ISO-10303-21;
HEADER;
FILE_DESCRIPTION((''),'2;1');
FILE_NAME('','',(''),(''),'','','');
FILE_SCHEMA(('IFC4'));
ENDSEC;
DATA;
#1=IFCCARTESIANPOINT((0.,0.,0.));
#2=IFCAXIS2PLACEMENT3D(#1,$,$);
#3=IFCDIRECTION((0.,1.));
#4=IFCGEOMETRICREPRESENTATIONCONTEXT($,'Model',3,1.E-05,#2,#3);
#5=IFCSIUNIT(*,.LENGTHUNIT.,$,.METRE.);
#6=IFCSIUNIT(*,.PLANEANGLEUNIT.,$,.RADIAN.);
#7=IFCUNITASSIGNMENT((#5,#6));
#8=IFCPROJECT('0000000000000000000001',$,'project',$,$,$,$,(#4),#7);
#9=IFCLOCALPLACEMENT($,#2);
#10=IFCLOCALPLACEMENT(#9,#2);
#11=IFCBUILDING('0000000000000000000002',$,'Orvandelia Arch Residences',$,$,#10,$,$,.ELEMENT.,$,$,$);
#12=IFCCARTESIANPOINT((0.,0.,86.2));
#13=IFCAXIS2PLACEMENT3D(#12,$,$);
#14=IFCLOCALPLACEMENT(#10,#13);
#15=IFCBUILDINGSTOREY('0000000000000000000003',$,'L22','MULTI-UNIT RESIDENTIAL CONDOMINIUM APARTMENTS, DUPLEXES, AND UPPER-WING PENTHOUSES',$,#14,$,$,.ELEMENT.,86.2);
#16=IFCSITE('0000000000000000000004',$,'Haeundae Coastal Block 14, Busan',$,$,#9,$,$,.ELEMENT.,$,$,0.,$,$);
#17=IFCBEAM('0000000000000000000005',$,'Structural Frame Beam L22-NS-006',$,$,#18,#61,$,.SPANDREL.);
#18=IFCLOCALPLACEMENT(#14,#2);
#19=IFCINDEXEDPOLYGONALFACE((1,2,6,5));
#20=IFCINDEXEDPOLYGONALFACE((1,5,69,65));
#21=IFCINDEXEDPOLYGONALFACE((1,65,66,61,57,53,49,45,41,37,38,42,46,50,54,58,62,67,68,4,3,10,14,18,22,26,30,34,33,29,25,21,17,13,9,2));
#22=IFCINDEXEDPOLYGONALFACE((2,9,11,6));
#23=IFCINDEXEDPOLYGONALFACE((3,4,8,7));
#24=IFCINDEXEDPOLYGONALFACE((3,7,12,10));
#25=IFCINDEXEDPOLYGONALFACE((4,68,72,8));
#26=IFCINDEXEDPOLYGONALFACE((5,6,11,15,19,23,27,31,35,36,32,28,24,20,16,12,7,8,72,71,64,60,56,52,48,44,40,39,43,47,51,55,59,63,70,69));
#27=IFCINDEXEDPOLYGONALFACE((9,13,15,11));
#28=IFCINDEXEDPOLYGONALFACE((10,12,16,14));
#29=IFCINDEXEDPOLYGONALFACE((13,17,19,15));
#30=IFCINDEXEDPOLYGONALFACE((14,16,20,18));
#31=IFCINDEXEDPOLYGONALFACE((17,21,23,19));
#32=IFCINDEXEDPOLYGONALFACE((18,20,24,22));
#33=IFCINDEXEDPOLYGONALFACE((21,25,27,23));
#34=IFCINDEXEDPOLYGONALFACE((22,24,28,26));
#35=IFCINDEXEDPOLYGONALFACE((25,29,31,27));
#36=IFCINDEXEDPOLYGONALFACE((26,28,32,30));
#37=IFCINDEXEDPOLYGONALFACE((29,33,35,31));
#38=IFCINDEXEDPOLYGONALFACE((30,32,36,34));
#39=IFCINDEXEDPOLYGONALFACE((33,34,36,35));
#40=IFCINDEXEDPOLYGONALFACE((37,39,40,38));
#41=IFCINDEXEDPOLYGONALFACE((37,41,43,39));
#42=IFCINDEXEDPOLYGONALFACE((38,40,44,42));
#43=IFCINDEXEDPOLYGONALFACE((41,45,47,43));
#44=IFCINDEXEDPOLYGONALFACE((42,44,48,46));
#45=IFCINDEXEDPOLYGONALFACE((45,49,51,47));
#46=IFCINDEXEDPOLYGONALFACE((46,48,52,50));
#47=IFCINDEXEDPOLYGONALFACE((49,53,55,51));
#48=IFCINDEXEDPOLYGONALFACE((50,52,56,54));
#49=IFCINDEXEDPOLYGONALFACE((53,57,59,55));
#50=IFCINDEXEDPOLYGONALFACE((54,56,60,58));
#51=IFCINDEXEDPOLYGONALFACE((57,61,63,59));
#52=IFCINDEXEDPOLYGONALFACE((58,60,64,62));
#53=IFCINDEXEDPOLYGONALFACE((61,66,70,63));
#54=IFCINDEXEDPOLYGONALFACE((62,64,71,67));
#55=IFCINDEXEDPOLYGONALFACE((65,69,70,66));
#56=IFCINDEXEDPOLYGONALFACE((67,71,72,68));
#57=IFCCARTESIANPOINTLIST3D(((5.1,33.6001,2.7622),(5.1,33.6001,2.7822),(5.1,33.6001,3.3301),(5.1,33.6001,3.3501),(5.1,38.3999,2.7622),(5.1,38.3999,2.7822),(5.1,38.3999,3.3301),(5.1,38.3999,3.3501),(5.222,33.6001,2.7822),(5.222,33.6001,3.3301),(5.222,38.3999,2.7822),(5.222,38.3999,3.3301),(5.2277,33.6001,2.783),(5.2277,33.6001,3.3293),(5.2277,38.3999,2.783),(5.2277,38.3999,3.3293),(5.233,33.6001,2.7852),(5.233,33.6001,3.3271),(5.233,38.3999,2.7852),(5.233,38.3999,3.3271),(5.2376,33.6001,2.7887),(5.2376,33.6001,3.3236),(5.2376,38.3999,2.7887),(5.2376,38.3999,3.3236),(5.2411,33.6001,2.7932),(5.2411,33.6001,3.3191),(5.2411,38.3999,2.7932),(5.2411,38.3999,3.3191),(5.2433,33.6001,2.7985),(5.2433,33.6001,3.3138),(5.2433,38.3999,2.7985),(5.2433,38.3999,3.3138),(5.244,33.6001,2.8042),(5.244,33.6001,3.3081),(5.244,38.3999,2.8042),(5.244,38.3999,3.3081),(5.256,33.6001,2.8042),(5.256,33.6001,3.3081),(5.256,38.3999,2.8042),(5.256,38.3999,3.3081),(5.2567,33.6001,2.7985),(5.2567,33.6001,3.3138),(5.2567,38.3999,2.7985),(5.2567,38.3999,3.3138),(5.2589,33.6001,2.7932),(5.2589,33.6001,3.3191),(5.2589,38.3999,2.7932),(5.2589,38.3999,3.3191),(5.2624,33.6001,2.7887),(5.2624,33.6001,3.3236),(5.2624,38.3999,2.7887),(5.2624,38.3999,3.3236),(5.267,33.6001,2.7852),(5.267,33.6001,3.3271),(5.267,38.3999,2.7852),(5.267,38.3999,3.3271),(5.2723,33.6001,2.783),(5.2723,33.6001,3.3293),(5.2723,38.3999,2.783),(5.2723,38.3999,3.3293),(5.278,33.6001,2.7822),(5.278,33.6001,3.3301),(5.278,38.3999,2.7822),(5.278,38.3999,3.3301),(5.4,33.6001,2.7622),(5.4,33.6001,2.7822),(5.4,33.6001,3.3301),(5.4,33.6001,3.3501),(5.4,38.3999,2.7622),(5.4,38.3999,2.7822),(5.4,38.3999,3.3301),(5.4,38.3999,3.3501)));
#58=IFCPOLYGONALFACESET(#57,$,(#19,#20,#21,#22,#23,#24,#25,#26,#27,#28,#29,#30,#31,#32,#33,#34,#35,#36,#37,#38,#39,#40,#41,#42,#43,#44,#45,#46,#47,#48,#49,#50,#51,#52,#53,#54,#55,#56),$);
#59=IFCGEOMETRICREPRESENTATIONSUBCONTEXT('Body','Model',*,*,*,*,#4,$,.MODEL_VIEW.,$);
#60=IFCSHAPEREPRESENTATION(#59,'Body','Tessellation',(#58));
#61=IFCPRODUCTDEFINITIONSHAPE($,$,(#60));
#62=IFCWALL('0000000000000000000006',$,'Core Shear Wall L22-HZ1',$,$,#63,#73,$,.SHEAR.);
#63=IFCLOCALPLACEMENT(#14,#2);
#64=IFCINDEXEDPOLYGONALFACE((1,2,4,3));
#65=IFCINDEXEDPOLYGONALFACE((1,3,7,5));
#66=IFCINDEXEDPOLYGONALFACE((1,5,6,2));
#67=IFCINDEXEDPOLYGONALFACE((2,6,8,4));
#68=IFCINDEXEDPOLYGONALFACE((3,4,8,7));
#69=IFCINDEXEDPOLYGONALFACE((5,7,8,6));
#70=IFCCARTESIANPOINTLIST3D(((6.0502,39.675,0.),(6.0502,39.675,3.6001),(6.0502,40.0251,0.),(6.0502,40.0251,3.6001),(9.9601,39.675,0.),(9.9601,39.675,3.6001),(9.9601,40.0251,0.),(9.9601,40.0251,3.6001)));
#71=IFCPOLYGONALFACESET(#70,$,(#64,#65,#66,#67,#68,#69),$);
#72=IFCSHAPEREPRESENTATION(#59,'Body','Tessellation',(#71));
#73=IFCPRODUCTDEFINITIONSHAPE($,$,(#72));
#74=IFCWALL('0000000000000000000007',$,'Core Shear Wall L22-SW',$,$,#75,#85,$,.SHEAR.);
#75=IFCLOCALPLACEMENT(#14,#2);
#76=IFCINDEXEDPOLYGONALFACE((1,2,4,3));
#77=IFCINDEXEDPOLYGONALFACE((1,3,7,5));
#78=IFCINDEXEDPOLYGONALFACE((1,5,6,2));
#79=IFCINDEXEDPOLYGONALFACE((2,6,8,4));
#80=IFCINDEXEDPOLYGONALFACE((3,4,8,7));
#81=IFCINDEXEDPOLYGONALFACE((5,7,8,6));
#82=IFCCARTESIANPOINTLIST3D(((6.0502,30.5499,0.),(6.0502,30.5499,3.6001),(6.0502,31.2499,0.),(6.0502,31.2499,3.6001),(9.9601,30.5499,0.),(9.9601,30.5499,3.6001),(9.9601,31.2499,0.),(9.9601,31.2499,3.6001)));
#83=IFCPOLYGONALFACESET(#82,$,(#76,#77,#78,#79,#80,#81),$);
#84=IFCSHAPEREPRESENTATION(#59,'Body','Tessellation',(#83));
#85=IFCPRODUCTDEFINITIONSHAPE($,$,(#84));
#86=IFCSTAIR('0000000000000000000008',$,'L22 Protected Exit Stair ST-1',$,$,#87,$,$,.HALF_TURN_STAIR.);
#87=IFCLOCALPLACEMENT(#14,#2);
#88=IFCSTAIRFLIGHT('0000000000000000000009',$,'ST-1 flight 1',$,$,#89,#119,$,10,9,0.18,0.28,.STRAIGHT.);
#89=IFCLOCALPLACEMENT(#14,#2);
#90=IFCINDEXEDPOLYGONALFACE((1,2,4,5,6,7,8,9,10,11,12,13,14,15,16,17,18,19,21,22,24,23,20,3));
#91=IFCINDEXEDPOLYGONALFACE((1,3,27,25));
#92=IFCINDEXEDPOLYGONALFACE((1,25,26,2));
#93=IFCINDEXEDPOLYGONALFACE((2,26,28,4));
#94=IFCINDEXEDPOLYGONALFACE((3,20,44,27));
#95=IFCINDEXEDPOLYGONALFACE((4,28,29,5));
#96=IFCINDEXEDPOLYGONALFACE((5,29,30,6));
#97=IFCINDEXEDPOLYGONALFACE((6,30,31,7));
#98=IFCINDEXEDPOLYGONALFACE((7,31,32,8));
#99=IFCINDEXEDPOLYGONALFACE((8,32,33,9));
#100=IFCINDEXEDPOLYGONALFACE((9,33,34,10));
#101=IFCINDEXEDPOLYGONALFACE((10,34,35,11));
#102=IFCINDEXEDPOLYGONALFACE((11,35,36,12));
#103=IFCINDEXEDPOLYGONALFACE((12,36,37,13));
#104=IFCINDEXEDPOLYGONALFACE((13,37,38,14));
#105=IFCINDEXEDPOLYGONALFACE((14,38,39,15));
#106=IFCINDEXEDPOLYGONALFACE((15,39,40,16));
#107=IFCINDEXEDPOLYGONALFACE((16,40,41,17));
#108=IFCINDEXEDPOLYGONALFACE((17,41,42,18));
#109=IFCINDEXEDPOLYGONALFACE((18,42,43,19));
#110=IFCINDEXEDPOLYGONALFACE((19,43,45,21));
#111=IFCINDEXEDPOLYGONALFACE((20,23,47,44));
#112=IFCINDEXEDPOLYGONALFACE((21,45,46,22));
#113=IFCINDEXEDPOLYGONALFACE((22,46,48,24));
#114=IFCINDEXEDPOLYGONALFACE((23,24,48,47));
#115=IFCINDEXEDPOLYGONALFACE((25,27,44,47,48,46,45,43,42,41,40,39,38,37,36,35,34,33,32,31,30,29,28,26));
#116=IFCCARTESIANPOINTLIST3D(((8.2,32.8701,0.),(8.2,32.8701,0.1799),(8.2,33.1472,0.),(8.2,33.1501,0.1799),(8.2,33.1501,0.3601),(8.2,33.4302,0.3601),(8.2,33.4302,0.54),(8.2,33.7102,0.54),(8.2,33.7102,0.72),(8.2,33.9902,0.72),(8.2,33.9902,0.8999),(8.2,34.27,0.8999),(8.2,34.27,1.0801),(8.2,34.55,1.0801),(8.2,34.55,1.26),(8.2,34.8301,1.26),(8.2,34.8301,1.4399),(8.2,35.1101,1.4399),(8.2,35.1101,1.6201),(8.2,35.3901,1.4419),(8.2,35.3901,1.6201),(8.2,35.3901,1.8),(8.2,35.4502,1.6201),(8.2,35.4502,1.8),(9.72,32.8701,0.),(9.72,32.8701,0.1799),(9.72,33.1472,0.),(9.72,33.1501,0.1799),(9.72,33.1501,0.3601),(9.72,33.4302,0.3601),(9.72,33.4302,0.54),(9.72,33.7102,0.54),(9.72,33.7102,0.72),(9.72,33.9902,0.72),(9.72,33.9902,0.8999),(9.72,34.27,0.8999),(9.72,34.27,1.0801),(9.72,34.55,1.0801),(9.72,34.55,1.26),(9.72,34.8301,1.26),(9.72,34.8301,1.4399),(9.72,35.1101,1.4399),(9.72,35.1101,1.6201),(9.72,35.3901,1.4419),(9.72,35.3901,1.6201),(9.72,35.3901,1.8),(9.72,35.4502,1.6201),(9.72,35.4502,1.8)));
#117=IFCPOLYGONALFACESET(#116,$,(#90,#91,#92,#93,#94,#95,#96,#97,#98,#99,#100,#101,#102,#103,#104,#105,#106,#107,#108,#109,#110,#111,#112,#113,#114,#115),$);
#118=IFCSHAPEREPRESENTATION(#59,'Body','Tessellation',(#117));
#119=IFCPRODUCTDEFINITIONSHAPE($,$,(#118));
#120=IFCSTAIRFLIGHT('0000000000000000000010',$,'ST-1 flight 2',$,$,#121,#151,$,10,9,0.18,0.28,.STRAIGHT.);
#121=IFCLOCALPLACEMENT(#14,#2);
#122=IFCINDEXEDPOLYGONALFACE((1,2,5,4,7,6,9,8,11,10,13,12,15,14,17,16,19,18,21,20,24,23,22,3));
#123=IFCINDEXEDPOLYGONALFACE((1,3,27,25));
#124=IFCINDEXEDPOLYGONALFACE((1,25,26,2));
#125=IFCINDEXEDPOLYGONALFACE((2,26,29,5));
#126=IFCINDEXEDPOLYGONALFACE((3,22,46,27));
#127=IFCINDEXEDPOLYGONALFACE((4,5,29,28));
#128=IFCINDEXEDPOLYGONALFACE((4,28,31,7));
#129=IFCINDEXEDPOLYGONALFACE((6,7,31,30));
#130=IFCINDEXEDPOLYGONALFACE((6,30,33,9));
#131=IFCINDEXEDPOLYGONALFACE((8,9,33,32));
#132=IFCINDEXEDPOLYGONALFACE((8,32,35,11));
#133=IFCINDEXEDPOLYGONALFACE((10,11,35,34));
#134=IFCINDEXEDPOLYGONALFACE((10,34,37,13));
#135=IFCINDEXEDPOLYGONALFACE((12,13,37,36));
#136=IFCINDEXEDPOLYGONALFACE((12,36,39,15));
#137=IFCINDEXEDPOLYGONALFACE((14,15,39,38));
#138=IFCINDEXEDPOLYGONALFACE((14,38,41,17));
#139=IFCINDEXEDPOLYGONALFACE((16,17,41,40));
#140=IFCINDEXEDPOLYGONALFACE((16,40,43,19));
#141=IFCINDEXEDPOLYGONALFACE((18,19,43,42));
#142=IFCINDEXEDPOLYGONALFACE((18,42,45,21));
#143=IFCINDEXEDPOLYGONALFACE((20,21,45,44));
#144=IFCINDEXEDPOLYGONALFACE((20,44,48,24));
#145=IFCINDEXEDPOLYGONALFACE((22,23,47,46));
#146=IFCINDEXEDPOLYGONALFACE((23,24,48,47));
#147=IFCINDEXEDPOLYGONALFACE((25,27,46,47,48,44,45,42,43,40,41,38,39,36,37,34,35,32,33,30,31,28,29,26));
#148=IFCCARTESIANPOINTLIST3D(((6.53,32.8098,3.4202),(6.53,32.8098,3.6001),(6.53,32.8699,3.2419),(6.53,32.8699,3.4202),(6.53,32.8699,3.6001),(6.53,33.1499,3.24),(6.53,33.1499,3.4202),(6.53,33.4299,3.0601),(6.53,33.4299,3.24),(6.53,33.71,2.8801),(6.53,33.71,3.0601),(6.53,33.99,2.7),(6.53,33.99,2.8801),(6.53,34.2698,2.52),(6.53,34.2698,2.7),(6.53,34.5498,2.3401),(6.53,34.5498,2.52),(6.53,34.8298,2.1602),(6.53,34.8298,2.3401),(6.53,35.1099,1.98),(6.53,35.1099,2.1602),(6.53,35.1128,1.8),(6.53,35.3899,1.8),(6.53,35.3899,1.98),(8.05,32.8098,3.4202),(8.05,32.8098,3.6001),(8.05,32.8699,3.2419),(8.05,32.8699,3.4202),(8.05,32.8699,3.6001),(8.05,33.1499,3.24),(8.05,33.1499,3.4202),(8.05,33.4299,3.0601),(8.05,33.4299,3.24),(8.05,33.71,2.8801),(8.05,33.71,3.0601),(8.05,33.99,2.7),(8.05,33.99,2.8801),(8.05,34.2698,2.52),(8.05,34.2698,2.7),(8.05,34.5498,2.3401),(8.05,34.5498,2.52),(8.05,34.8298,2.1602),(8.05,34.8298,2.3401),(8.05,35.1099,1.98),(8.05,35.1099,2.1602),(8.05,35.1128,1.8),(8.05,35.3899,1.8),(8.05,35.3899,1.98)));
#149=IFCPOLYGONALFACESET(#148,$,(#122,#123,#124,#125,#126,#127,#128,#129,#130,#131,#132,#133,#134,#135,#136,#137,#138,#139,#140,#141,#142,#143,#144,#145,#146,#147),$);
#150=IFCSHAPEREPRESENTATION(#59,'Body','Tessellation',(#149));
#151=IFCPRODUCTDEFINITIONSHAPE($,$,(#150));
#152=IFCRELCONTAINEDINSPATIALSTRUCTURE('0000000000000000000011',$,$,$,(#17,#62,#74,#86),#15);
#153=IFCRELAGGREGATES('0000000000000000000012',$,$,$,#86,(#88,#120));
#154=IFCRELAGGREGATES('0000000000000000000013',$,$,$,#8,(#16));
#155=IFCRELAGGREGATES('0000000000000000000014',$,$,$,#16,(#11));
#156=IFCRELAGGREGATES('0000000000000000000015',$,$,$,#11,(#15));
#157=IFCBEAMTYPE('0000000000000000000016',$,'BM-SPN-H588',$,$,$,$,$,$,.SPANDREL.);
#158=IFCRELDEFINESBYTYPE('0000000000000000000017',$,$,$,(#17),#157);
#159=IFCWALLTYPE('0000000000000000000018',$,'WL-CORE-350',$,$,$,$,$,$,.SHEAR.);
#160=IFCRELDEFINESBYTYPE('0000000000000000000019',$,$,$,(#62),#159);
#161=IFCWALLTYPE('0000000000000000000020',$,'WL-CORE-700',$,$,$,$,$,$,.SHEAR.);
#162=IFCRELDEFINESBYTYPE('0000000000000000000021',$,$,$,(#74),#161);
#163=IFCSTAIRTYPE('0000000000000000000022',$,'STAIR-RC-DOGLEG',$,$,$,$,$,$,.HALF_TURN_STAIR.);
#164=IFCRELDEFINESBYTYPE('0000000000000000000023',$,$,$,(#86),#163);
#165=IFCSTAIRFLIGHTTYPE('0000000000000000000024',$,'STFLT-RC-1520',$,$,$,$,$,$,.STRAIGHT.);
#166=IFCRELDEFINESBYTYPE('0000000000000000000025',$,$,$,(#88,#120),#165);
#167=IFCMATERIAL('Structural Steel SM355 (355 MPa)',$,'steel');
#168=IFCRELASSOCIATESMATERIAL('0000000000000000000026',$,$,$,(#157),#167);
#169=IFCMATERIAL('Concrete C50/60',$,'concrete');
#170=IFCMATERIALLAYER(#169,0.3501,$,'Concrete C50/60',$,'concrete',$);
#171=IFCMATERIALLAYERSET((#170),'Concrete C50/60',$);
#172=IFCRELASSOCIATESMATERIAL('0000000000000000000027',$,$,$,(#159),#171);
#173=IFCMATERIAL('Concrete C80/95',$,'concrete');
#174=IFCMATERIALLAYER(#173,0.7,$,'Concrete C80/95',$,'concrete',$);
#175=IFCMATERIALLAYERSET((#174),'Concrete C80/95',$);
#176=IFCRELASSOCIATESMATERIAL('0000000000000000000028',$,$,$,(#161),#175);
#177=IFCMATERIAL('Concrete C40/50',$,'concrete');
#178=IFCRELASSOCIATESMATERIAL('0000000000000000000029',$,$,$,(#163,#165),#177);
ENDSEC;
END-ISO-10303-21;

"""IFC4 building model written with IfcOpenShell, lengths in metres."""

from ifc_helpers import new_model, si_unit, direction, frame, frame_2d, origin, origin_2d, place, context, subcontext, project, spatial, polyline, rectangle, i_section, outline, extrude, material, layer, layer_set, material_profile, profile_set, type_object, element, aggregate, save


model = new_model("IFC4")

# Units and contexts
model_context = context("Model", 3, precision=1e-05, world=origin(), true_north=direction((0.0, 1.0)))
body_context = subcontext(model_context, "Body", "Model", "MODEL_VIEW")
ifc_project = project(units=[si_unit("LENGTHUNIT", "METRE"), si_unit("PLANEANGLEUNIT", "RADIAN")], contexts=[model_context])

# Site, building, storey
site_placement = place(None, origin())
site = spatial("IfcSite", under=ifc_project, at=site_placement, Name="Haeundae Coastal Block 14, Busan", CompositionType="ELEMENT", RefElevation=0.0)
building_placement = place(site_placement, origin())
building = spatial("IfcBuilding", under=site, at=building_placement, Name="Orvandelia Arch Residences", CompositionType="ELEMENT")
storey_placement = place(building_placement, frame((0.0, 0.0, 86.2)))
storey = spatial("IfcBuildingStorey", under=building, at=storey_placement, Name="L22", Description="MULTI-UNIT RESIDENTIAL CONDOMINIUM APARTMENTS, DUPLEXES, AND UPPER-WING PENTHOUSES", CompositionType="ELEMENT", Elevation=86.2)

# Shared definitions
ifc_material_1 = material(Name="Concrete C80/95", Category="concrete")

# Beam
ifc_material_2 = material(Name="Structural Steel SM355 (355 MPa)", Category="steel")
ifc_material_profile_1 = material_profile(ifc_material_2, i_section(OverallWidth=0.3, OverallDepth=0.5879, WebThickness=0.012, FlangeThickness=0.02, FilletRadius=0.022, at=origin_2d()), Name="Structural Steel SM355 (355 MPa)", Category="steel")
ifc_profile_set_1 = profile_set([ifc_material_profile_1], Name="Structural Steel SM355 (355 MPa)")
beam_type_1 = type_object("IfcBeamType", Name="BM-SPN-H588", PredefinedType="SPANDREL", material=ifc_profile_set_1)
beam_1_placement = place(storey_placement, frame((5.25, 33.6001, 3.0562), z_axis=(0.0, 1.0, 0.0), x_axis=(-1.0, 0.0, 0.0)))
element("IfcBeam", 1, at=beam_1_placement, inside=storey, type_object=beam_type_1, Name="Structural Frame Beam L22-NS-006", PredefinedType="SPANDREL", context=body_context, shape_type="SweptSolid", body=[
    extrude(i_section(OverallWidth=0.3, OverallDepth=0.5879, WebThickness=0.012, FlangeThickness=0.02, FilletRadius=0.022, at=origin_2d()), origin(), (0.0, 0.0, 1.0), 4.7998),
])

# Walls
ifc_material_3 = material(Name="Concrete C50/60", Category="concrete")
ifc_layer_1 = layer(ifc_material_3, 0.3501, Name="Concrete C50/60", Category="concrete")
ifc_layer_set_1 = layer_set([ifc_layer_1], Name="Concrete C50/60")
wall_type_1 = type_object("IfcWallType", Name="WL-CORE-350", PredefinedType="SHEAR", material=ifc_layer_set_1)
wall_1_placement = place(storey_placement, frame((6.05, 39.8501, 0.0), z_axis=(0.0, 0.0, 1.0), x_axis=(1.0, 0.0, 0.0)))
element("IfcWall", 2, at=wall_1_placement, inside=storey, type_object=wall_type_1, Name="Core Shear Wall L22-HZ1", PredefinedType="SHEAR", context=body_context, shape_type="SweptSolid", body=[
    extrude(rectangle(XDim=3.9099, YDim=0.3501, at=frame_2d((1.9551, 0.0))), origin(), (0.0, 0.0, 1.0), 3.6001),
])
ifc_layer_2 = layer(ifc_material_1, 0.7, Name="Concrete C80/95", Category="concrete")
ifc_layer_set_2 = layer_set([ifc_layer_2], Name="Concrete C80/95")
wall_type_2 = type_object("IfcWallType", Name="WL-CORE-700", PredefinedType="SHEAR", material=ifc_layer_set_2)
wall_2_placement = place(storey_placement, frame((6.05, 30.8999, 0.0), z_axis=(0.0, 0.0, 1.0), x_axis=(1.0, 0.0, 0.0)))
element("IfcWall", 3, at=wall_2_placement, inside=storey, type_object=wall_type_2, Name="Core Shear Wall L22-SW", PredefinedType="SHEAR", context=body_context, shape_type="SweptSolid", body=[
    extrude(rectangle(XDim=3.9099, YDim=0.7, at=frame_2d((1.9551, 0.0))), origin(), (0.0, 0.0, 1.0), 3.6001),
])

# Stair, stair flights
ifc_material_4 = material(Name="Concrete C40/50", Category="concrete")
stair_type = type_object("IfcStairType", Name="STAIR-RC-DOGLEG", PredefinedType="HALF_TURN_STAIR", material=ifc_material_4)
stair_placement = place(storey_placement, origin())
stair = element("IfcStair", 4, at=stair_placement, inside=storey, type_object=stair_type, Name="L22 Protected Exit Stair ST-1", PredefinedType="HALF_TURN_STAIR")
stair_flight_type = type_object("IfcStairFlightType", Name="STFLT-RC-1520", PredefinedType="STRAIGHT", material=ifc_material_4)
stair_flight_1_placement = place(storey_placement, frame((8.96, 32.8701, 0.0), z_axis=(0.0, 0.0, 1.0), x_axis=(0.0, 1.0, 0.0)))
stair_flight_1 = element("IfcStairFlight", 5, at=stair_flight_1_placement, type_object=stair_flight_type, Name="ST-1 flight 1", NumberOfRisers=10, NumberOfTreads=9, PredefinedType="STRAIGHT", RiserHeight=0.18, TreadLength=0.28, context=body_context, shape_type="SweptSolid", body=[
    extrude(outline(polyline([(0.0, 0.0), (0.0, 0.1799), (0.28, 0.1799), (0.28, 0.3601), (0.5601, 0.3601), (0.5601, 0.54), (0.8401, 0.54), (0.8401, 0.72), (1.1201, 0.72), (1.1201, 0.8999), (1.3999, 0.8999), (1.3999, 1.0801), (1.6799, 1.0801), (1.6799, 1.26), (1.96, 1.26), (1.96, 1.4399), (2.24, 1.4399), (2.24, 1.6201), (2.52, 1.6201), (2.52, 1.8), (2.5801, 1.8), (2.5801, 1.6201), (2.52, 1.4419), (0.2771, 0.0), (0.0, 0.0)])), frame((0.0, 0.76, 0.0), z_axis=(0.0, -1.0, 0.0), x_axis=(1.0, 0.0, 0.0)), (0.0, 0.0, 1.0), 1.52),
])
stair_flight_2_placement = place(storey_placement, frame((7.29, 35.3899, 1.8), z_axis=(0.0, 0.0, 1.0), x_axis=(0.0, -1.0, 0.0)))
stair_flight_2 = element("IfcStairFlight", 6, at=stair_flight_2_placement, type_object=stair_flight_type, Name="ST-1 flight 2", NumberOfRisers=10, NumberOfTreads=9, PredefinedType="STRAIGHT", RiserHeight=0.18, TreadLength=0.28, context=body_context, shape_type="SweptSolid", body=[
    extrude(outline(polyline([(0.0, 0.0), (0.0, 0.1799), (0.28, 0.1799), (0.28, 0.3601), (0.5601, 0.3601), (0.5601, 0.54), (0.8401, 0.54), (0.8401, 0.72), (1.1201, 0.72), (1.1201, 0.8999), (1.3999, 0.8999), (1.3999, 1.0801), (1.6799, 1.0801), (1.6799, 1.26), (1.96, 1.26), (1.96, 1.4399), (2.24, 1.4399), (2.24, 1.6201), (2.52, 1.6201), (2.52, 1.8), (2.5801, 1.8), (2.5801, 1.6201), (2.52, 1.4419), (0.2771, 0.0), (0.0, 0.0)])), frame((0.0, 0.76, 0.0), z_axis=(0.0, -1.0, 0.0), x_axis=(1.0, 0.0, 0.0)), (0.0, 0.0, 1.0), 1.52),
])
aggregate(stair, [stair_flight_1, stair_flight_2])

save(model, "model.ifc")
